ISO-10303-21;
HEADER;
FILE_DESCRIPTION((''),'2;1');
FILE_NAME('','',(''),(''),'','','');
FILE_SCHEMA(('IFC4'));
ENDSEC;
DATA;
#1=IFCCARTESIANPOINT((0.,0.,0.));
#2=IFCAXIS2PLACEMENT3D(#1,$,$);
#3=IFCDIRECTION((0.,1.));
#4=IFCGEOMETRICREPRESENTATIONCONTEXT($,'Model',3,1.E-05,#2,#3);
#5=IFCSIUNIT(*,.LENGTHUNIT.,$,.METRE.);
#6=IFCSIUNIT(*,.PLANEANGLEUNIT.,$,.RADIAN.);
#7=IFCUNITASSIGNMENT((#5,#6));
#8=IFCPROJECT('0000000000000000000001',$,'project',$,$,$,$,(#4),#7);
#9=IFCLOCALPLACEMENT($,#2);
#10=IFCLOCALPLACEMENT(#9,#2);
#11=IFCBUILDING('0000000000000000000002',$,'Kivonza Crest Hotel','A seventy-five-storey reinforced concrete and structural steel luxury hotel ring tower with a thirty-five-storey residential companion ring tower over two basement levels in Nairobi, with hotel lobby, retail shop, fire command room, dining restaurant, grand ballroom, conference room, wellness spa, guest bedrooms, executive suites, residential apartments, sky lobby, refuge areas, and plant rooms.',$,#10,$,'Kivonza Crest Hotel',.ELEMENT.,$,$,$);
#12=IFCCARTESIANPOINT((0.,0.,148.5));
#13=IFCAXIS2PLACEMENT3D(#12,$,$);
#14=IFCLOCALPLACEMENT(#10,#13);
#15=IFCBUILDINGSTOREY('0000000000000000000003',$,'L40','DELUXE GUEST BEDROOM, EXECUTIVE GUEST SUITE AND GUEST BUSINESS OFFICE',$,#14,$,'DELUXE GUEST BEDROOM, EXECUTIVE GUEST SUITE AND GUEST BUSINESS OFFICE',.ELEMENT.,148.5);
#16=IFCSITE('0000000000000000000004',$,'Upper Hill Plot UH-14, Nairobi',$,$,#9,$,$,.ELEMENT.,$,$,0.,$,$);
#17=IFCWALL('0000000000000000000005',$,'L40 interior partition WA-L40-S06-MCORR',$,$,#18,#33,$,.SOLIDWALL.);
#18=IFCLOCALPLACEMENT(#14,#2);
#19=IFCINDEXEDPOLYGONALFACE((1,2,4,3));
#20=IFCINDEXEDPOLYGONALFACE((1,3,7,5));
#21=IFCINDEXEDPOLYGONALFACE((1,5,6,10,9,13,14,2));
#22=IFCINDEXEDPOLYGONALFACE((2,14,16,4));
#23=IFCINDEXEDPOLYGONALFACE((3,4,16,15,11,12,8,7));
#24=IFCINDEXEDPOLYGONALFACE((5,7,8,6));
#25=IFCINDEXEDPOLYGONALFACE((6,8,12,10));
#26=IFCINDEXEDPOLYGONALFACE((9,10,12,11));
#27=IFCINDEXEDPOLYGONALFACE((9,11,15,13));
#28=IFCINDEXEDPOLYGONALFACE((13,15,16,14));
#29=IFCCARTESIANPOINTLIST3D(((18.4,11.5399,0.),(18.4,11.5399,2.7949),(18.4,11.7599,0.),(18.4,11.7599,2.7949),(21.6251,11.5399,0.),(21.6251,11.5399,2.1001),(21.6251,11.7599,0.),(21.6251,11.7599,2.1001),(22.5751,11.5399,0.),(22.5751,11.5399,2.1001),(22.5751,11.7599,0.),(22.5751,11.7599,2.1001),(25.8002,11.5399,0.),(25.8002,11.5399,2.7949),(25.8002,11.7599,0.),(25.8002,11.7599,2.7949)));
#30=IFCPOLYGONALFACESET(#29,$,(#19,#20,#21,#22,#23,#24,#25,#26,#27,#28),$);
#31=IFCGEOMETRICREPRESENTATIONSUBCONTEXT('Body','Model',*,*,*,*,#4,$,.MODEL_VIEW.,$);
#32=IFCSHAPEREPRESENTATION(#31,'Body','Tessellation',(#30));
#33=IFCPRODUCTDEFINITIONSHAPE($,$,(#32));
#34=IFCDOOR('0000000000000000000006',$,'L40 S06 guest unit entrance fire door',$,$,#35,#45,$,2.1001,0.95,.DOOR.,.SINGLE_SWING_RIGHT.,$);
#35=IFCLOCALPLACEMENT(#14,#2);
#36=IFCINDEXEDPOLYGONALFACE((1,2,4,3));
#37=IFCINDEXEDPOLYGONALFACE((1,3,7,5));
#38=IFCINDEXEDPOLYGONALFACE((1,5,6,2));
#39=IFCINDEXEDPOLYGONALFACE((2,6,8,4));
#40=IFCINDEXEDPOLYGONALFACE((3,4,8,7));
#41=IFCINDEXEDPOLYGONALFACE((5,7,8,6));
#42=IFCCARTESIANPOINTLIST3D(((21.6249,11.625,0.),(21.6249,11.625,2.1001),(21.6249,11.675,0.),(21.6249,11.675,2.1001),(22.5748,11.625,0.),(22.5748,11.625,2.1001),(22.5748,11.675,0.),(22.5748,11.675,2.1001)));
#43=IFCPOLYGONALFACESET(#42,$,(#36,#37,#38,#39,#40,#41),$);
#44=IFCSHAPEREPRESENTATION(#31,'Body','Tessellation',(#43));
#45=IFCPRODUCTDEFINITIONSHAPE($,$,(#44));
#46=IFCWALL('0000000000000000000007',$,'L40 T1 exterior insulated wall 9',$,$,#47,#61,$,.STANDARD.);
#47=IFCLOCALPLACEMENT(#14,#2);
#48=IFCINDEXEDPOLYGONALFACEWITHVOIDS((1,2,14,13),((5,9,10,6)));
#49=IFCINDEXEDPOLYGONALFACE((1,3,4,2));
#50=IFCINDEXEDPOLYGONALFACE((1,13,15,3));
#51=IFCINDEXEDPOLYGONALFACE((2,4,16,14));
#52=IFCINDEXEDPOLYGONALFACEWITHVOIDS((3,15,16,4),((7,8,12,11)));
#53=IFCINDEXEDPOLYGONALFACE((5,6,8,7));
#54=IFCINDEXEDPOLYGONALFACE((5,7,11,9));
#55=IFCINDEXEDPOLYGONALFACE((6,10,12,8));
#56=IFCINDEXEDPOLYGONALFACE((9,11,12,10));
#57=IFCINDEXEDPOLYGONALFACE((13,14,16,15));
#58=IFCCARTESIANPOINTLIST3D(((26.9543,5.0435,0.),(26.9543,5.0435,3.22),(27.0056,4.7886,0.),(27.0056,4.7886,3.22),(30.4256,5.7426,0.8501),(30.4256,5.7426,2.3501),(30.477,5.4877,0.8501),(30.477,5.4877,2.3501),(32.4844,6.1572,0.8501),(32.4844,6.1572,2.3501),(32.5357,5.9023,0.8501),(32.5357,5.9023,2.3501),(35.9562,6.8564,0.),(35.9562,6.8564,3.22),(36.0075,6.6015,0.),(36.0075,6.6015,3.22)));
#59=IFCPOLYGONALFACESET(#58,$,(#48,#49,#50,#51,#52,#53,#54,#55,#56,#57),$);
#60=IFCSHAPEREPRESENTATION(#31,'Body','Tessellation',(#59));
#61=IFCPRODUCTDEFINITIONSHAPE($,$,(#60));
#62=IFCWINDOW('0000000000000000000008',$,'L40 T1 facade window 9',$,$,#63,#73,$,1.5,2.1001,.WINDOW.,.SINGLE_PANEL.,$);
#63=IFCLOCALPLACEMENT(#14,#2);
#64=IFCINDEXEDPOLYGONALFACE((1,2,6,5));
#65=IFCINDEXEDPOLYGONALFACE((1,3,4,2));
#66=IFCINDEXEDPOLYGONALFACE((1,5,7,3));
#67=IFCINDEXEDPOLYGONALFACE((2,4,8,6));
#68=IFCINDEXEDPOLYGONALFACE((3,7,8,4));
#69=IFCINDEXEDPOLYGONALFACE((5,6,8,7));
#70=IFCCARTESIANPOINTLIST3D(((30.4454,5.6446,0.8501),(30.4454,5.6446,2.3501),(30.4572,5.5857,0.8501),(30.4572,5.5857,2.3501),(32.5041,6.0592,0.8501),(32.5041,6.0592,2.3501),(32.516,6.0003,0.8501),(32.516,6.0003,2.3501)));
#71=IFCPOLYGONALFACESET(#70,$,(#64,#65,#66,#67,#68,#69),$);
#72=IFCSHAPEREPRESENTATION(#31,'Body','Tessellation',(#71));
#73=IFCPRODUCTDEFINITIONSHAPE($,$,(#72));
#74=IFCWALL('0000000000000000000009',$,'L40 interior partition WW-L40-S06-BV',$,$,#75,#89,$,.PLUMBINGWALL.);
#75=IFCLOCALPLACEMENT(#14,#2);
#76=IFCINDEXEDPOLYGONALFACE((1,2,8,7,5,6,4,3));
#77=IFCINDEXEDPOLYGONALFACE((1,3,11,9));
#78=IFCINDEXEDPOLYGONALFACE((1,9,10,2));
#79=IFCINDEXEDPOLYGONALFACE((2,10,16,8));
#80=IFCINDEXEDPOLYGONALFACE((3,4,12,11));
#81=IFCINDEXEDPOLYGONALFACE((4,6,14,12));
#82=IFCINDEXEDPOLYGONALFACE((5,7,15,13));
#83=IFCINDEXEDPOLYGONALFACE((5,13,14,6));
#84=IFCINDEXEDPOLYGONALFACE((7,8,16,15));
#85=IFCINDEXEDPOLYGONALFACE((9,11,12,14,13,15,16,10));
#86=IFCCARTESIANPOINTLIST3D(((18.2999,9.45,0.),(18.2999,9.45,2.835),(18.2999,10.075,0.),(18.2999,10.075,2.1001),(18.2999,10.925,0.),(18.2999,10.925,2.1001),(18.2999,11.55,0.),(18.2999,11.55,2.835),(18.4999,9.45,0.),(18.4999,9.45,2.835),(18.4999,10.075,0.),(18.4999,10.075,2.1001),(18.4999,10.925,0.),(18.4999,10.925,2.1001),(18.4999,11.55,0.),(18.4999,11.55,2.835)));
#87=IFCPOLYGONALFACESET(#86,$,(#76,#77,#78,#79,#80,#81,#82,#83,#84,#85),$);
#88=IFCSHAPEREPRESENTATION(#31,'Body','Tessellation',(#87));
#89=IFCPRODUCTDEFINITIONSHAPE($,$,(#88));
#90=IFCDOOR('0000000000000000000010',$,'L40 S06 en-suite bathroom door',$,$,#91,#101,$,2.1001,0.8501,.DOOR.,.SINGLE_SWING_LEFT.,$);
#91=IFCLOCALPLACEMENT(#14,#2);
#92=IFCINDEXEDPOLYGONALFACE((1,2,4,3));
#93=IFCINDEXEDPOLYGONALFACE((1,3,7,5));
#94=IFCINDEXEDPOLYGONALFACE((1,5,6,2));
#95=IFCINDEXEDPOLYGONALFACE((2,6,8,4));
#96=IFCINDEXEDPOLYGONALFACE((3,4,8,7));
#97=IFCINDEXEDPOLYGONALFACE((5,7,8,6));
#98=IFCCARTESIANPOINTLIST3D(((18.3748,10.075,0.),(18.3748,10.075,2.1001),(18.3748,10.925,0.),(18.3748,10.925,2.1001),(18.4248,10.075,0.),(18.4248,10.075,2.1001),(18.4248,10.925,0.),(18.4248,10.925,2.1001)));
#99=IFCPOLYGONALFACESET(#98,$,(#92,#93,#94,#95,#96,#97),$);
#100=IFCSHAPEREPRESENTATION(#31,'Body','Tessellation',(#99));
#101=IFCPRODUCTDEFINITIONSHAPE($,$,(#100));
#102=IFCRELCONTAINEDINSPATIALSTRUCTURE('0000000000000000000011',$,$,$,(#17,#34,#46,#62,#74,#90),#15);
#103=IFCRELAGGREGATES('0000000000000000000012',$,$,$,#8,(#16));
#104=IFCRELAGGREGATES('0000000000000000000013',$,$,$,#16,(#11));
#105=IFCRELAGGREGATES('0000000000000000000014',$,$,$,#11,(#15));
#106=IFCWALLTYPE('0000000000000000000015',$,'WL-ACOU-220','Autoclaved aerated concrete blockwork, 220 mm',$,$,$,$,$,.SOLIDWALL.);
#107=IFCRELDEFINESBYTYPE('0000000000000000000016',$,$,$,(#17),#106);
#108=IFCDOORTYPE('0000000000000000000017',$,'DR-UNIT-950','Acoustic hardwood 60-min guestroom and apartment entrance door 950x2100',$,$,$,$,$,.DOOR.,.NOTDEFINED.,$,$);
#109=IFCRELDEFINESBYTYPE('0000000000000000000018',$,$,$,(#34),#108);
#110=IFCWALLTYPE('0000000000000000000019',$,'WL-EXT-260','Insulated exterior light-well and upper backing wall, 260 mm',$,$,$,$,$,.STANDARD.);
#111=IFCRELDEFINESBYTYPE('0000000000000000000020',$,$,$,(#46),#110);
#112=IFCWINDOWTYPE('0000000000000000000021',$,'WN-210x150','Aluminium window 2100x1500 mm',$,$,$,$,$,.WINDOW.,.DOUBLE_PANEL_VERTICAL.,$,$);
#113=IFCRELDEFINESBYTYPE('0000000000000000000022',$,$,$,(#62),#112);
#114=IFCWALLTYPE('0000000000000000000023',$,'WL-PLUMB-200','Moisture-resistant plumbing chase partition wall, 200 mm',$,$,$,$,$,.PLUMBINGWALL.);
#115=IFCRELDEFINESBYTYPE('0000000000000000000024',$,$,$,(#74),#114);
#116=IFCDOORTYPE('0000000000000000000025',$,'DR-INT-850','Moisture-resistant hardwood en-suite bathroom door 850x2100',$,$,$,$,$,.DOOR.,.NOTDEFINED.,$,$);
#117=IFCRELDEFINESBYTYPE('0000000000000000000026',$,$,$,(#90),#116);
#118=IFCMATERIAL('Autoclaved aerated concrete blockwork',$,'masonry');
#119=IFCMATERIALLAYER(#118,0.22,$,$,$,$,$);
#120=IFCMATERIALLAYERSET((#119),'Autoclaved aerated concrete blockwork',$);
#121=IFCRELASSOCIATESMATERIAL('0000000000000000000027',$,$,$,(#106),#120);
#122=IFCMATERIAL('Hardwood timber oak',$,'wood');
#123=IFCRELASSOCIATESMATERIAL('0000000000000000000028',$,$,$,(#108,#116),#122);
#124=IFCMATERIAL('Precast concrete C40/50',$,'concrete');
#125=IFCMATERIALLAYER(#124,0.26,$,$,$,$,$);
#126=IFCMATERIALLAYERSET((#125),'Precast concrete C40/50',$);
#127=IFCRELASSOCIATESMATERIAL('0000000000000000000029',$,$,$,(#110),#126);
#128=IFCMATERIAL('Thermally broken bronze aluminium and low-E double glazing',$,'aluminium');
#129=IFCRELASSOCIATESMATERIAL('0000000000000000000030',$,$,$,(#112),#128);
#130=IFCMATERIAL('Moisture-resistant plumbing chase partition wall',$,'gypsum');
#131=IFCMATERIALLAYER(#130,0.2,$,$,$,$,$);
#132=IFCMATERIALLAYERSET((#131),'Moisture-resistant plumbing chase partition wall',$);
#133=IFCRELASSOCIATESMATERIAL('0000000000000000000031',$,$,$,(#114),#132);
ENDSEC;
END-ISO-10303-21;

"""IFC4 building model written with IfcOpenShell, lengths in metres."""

from ifc_helpers import new_model, si_unit, direction, frame, frame_2d, origin, place, context, subcontext, project, spatial, rectangle, extrude, material, layer, layer_set, type_object, element, fill, save


model = new_model("IFC4")

# Units and contexts
model_context = context("Model", 3, precision=1e-05, world=origin(), true_north=direction((0.0, 1.0)))
body_context = subcontext(model_context, "Body", "Model", "MODEL_VIEW")
ifc_project = project(units=[si_unit("LENGTHUNIT", "METRE"), si_unit("PLANEANGLEUNIT", "RADIAN")], contexts=[model_context])

# Site, building, storey
site_placement = place(None, origin())
site = spatial("IfcSite", under=ifc_project, at=site_placement, Name="Upper Hill Plot UH-14, Nairobi", CompositionType="ELEMENT", RefElevation=0.0)
building_placement = place(site_placement, origin())
building = spatial("IfcBuilding", under=site, at=building_placement, Name="Kivonza Crest Hotel", Description="A seventy-five-storey reinforced concrete and structural steel luxury hotel ring tower with a thirty-five-storey residential companion ring tower over two basement levels in Nairobi, with hotel lobby, retail shop, fire command room, dining restaurant, grand ballroom, conference room, wellness spa, guest bedrooms, executive suites, residential apartments, sky lobby, refuge areas, and plant rooms.", LongName="Kivonza Crest Hotel", CompositionType="ELEMENT")
storey_placement = place(building_placement, frame((0.0, 0.0, 148.5)))
storey = spatial("IfcBuildingStorey", under=building, at=storey_placement, Name="L40", Description="DELUXE GUEST BEDROOM, EXECUTIVE GUEST SUITE AND GUEST BUSINESS OFFICE", LongName="DELUXE GUEST BEDROOM, EXECUTIVE GUEST SUITE AND GUEST BUSINESS OFFICE", CompositionType="ELEMENT", Elevation=148.5)

# Wall, opening, door
ifc_material_1 = material(Name="Autoclaved aerated concrete blockwork", Category="masonry")
ifc_layer_1 = layer(ifc_material_1, 0.22)
ifc_layer_set_1 = layer_set([ifc_layer_1], Name="Autoclaved aerated concrete blockwork")
wall_type_1 = type_object("IfcWallType", Name="WL-ACOU-220", Description="Autoclaved aerated concrete blockwork, 220 mm", PredefinedType="SOLIDWALL", material=ifc_layer_set_1)
wall_1_placement = place(storey_placement, frame((18.3999, 11.6499, 0.0), z_axis=(0.0, 0.0, 1.0), x_axis=(1.0, 0.0, 0.0)))
wall_1 = element("IfcWall", 1, at=wall_1_placement, inside=storey, type_object=wall_type_1, Name="L40 interior partition WA-L40-S06-MCORR", PredefinedType="SOLIDWALL", context=body_context, shape_type="SweptSolid", body=[
    extrude(rectangle(XDim=7.4001, YDim=0.22, at=frame_2d((3.7002, 0.0))), origin(), (0.0, 0.0, 1.0), 2.7949),
])
opening_1_placement = place(wall_1_placement, frame((3.2251, 0.0, 0.0)))
opening_1 = element("IfcOpeningElement", 2, at=opening_1_placement, cuts=wall_1, PredefinedType="OPENING", context=body_context, shape_type="SweptSolid", body=[
    extrude(rectangle(XDim=0.95, YDim=2.1001, at=frame_2d((0.4751, 1.05))), frame((0.0, 0.1201, 0.0), z_axis=(0.0, -1.0, 0.0), x_axis=(1.0, 0.0, 0.0)), (0.0, 0.0, 1.0), 0.24),
])
ifc_material_2 = material(Name="Hardwood timber oak", Category="wood")
door_type_1 = type_object("IfcDoorType", Name="DR-UNIT-950", Description="Acoustic hardwood 60-min guestroom and apartment entrance door 950x2100", OperationType="NOTDEFINED", PredefinedType="DOOR", material=ifc_material_2)
door_1_placement = place(opening_1_placement, frame((0.95, 0.0, 0.0), z_axis=(0.0, 0.0, 1.0), x_axis=(-1.0, 0.0, 0.0)))
door_1 = element("IfcDoor", 3, at=door_1_placement, inside=storey, type_object=door_type_1, Name="L40 S06 guest unit entrance fire door", OperationType="SINGLE_SWING_RIGHT", OverallHeight=2.1001, OverallWidth=0.95, PredefinedType="DOOR", context=body_context, shape_type="SweptSolid", body=[
    extrude(rectangle(XDim=0.95, YDim=2.1001, at=frame_2d((0.4751, 1.05))), frame((0.0, 0.0249, 0.0), z_axis=(0.0, -1.0, 0.0), x_axis=(1.0, 0.0, 0.0)), (0.0, 0.0, 1.0), 0.05),
])
fill(opening_1, door_1)

# Wall, opening, window
ifc_material_3 = material(Name="Precast concrete C40/50", Category="concrete")
ifc_layer_2 = layer(ifc_material_3, 0.26)
ifc_layer_set_2 = layer_set([ifc_layer_2], Name="Precast concrete C40/50")
wall_type_2 = type_object("IfcWallType", Name="WL-EXT-260", Description="Insulated exterior light-well and upper backing wall, 260 mm", PredefinedType="STANDARD", material=ifc_layer_set_2)
wall_2_placement = place(storey_placement, frame((26.98, 4.916, 0.0), z_axis=(0.0, 0.0, 1.0), x_axis=(0.980316, 0.197435, 0.0)))
wall_2 = element("IfcWall", 4, at=wall_2_placement, inside=storey, type_object=wall_type_2, Name="L40 T1 exterior insulated wall 9", PredefinedType="STANDARD", context=body_context, shape_type="SweptSolid", body=[
    extrude(rectangle(XDim=9.1826, YDim=0.26, at=frame_2d((4.5913, 0.0))), origin(), (0.0, 0.0, 1.0), 3.22),
])
opening_2_placement = place(wall_2_placement, frame((3.541, 0.0, 0.8501)))
opening_2 = element("IfcOpeningElement", 5, at=opening_2_placement, cuts=wall_2, PredefinedType="OPENING", context=body_context, shape_type="SweptSolid", body=[
    extrude(rectangle(XDim=2.1001, YDim=1.5, at=frame_2d((1.05, 0.75))), frame((0.0, 0.1401, 0.0), z_axis=(0.0, -1.0, 0.0), x_axis=(1.0, 0.0, 0.0)), (0.0, 0.0, 1.0), 0.28),
])
ifc_material_4 = material(Name="Thermally broken bronze aluminium and low-E double glazing", Category="aluminium")
window_type = type_object("IfcWindowType", Name="WN-210x150", Description="Aluminium window 2100x1500 mm", PartitioningType="DOUBLE_PANEL_VERTICAL", PredefinedType="WINDOW", material=ifc_material_4)
window_placement = place(opening_2_placement, origin())
window = element("IfcWindow", 6, at=window_placement, inside=storey, type_object=window_type, Name="L40 T1 facade window 9", OverallHeight=1.5, OverallWidth=2.1001, PartitioningType="SINGLE_PANEL", PredefinedType="WINDOW", context=body_context, shape_type="SweptSolid", body=[
    extrude(rectangle(XDim=2.1001, YDim=1.5, at=frame_2d((1.05, 0.75))), frame((0.0, 0.03, 0.0), z_axis=(0.0, -1.0, 0.0), x_axis=(1.0, 0.0, 0.0)), (0.0, 0.0, 1.0), 0.0601),
])
fill(opening_2, window)

# Wall, opening, door
ifc_material_5 = material(Name="Moisture-resistant plumbing chase partition wall", Category="gypsum")
ifc_layer_3 = layer(ifc_material_5, 0.2)
ifc_layer_set_3 = layer_set([ifc_layer_3], Name="Moisture-resistant plumbing chase partition wall")
wall_type_3 = type_object("IfcWallType", Name="WL-PLUMB-200", Description="Moisture-resistant plumbing chase partition wall, 200 mm", PredefinedType="PLUMBINGWALL", material=ifc_layer_set_3)
wall_3_placement = place(storey_placement, frame((18.3999, 9.45, 0.0), z_axis=(0.0, 0.0, 1.0), x_axis=(0.0, 1.0, 0.0)))
wall_3 = element("IfcWall", 7, at=wall_3_placement, inside=storey, type_object=wall_type_3, Name="L40 interior partition WW-L40-S06-BV", PredefinedType="PLUMBINGWALL", context=body_context, shape_type="SweptSolid", body=[
    extrude(rectangle(XDim=2.1001, YDim=0.2, at=frame_2d((1.05, 0.0))), origin(), (0.0, 0.0, 1.0), 2.835),
])
opening_3_placement = place(wall_3_placement, frame((0.625, 0.0, 0.0)))
opening_3 = element("IfcOpeningElement", 8, at=opening_3_placement, cuts=wall_3, PredefinedType="OPENING", context=body_context, shape_type="SweptSolid", body=[
    extrude(rectangle(XDim=0.8501, YDim=2.1001, at=frame_2d((0.425, 1.05))), frame((0.0, 0.1099, 0.0), z_axis=(0.0, -1.0, 0.0), x_axis=(1.0, 0.0, 0.0)), (0.0, 0.0, 1.0), 0.22),
])
door_type_2 = type_object("IfcDoorType", Name="DR-INT-850", Description="Moisture-resistant hardwood en-suite bathroom door 850x2100", OperationType="NOTDEFINED", PredefinedType="DOOR", material=ifc_material_2)
door_2_placement = place(opening_3_placement, frame((0.8501, 0.0, 0.0), z_axis=(0.0, 0.0, 1.0), x_axis=(-1.0, 0.0, 0.0)))
door_2 = element("IfcDoor", 9, at=door_2_placement, inside=storey, type_object=door_type_2, Name="L40 S06 en-suite bathroom door", OperationType="SINGLE_SWING_LEFT", OverallHeight=2.1001, OverallWidth=0.8501, PredefinedType="DOOR", context=body_context, shape_type="SweptSolid", body=[
    extrude(rectangle(XDim=0.8501, YDim=2.1001, at=frame_2d((0.425, 1.05))), frame((0.0, 0.0249, 0.0), z_axis=(0.0, -1.0, 0.0), x_axis=(1.0, 0.0, 0.0)), (0.0, 0.0, 1.0), 0.05),
])
fill(opening_3, door_2)

save(model, "model.ifc")
